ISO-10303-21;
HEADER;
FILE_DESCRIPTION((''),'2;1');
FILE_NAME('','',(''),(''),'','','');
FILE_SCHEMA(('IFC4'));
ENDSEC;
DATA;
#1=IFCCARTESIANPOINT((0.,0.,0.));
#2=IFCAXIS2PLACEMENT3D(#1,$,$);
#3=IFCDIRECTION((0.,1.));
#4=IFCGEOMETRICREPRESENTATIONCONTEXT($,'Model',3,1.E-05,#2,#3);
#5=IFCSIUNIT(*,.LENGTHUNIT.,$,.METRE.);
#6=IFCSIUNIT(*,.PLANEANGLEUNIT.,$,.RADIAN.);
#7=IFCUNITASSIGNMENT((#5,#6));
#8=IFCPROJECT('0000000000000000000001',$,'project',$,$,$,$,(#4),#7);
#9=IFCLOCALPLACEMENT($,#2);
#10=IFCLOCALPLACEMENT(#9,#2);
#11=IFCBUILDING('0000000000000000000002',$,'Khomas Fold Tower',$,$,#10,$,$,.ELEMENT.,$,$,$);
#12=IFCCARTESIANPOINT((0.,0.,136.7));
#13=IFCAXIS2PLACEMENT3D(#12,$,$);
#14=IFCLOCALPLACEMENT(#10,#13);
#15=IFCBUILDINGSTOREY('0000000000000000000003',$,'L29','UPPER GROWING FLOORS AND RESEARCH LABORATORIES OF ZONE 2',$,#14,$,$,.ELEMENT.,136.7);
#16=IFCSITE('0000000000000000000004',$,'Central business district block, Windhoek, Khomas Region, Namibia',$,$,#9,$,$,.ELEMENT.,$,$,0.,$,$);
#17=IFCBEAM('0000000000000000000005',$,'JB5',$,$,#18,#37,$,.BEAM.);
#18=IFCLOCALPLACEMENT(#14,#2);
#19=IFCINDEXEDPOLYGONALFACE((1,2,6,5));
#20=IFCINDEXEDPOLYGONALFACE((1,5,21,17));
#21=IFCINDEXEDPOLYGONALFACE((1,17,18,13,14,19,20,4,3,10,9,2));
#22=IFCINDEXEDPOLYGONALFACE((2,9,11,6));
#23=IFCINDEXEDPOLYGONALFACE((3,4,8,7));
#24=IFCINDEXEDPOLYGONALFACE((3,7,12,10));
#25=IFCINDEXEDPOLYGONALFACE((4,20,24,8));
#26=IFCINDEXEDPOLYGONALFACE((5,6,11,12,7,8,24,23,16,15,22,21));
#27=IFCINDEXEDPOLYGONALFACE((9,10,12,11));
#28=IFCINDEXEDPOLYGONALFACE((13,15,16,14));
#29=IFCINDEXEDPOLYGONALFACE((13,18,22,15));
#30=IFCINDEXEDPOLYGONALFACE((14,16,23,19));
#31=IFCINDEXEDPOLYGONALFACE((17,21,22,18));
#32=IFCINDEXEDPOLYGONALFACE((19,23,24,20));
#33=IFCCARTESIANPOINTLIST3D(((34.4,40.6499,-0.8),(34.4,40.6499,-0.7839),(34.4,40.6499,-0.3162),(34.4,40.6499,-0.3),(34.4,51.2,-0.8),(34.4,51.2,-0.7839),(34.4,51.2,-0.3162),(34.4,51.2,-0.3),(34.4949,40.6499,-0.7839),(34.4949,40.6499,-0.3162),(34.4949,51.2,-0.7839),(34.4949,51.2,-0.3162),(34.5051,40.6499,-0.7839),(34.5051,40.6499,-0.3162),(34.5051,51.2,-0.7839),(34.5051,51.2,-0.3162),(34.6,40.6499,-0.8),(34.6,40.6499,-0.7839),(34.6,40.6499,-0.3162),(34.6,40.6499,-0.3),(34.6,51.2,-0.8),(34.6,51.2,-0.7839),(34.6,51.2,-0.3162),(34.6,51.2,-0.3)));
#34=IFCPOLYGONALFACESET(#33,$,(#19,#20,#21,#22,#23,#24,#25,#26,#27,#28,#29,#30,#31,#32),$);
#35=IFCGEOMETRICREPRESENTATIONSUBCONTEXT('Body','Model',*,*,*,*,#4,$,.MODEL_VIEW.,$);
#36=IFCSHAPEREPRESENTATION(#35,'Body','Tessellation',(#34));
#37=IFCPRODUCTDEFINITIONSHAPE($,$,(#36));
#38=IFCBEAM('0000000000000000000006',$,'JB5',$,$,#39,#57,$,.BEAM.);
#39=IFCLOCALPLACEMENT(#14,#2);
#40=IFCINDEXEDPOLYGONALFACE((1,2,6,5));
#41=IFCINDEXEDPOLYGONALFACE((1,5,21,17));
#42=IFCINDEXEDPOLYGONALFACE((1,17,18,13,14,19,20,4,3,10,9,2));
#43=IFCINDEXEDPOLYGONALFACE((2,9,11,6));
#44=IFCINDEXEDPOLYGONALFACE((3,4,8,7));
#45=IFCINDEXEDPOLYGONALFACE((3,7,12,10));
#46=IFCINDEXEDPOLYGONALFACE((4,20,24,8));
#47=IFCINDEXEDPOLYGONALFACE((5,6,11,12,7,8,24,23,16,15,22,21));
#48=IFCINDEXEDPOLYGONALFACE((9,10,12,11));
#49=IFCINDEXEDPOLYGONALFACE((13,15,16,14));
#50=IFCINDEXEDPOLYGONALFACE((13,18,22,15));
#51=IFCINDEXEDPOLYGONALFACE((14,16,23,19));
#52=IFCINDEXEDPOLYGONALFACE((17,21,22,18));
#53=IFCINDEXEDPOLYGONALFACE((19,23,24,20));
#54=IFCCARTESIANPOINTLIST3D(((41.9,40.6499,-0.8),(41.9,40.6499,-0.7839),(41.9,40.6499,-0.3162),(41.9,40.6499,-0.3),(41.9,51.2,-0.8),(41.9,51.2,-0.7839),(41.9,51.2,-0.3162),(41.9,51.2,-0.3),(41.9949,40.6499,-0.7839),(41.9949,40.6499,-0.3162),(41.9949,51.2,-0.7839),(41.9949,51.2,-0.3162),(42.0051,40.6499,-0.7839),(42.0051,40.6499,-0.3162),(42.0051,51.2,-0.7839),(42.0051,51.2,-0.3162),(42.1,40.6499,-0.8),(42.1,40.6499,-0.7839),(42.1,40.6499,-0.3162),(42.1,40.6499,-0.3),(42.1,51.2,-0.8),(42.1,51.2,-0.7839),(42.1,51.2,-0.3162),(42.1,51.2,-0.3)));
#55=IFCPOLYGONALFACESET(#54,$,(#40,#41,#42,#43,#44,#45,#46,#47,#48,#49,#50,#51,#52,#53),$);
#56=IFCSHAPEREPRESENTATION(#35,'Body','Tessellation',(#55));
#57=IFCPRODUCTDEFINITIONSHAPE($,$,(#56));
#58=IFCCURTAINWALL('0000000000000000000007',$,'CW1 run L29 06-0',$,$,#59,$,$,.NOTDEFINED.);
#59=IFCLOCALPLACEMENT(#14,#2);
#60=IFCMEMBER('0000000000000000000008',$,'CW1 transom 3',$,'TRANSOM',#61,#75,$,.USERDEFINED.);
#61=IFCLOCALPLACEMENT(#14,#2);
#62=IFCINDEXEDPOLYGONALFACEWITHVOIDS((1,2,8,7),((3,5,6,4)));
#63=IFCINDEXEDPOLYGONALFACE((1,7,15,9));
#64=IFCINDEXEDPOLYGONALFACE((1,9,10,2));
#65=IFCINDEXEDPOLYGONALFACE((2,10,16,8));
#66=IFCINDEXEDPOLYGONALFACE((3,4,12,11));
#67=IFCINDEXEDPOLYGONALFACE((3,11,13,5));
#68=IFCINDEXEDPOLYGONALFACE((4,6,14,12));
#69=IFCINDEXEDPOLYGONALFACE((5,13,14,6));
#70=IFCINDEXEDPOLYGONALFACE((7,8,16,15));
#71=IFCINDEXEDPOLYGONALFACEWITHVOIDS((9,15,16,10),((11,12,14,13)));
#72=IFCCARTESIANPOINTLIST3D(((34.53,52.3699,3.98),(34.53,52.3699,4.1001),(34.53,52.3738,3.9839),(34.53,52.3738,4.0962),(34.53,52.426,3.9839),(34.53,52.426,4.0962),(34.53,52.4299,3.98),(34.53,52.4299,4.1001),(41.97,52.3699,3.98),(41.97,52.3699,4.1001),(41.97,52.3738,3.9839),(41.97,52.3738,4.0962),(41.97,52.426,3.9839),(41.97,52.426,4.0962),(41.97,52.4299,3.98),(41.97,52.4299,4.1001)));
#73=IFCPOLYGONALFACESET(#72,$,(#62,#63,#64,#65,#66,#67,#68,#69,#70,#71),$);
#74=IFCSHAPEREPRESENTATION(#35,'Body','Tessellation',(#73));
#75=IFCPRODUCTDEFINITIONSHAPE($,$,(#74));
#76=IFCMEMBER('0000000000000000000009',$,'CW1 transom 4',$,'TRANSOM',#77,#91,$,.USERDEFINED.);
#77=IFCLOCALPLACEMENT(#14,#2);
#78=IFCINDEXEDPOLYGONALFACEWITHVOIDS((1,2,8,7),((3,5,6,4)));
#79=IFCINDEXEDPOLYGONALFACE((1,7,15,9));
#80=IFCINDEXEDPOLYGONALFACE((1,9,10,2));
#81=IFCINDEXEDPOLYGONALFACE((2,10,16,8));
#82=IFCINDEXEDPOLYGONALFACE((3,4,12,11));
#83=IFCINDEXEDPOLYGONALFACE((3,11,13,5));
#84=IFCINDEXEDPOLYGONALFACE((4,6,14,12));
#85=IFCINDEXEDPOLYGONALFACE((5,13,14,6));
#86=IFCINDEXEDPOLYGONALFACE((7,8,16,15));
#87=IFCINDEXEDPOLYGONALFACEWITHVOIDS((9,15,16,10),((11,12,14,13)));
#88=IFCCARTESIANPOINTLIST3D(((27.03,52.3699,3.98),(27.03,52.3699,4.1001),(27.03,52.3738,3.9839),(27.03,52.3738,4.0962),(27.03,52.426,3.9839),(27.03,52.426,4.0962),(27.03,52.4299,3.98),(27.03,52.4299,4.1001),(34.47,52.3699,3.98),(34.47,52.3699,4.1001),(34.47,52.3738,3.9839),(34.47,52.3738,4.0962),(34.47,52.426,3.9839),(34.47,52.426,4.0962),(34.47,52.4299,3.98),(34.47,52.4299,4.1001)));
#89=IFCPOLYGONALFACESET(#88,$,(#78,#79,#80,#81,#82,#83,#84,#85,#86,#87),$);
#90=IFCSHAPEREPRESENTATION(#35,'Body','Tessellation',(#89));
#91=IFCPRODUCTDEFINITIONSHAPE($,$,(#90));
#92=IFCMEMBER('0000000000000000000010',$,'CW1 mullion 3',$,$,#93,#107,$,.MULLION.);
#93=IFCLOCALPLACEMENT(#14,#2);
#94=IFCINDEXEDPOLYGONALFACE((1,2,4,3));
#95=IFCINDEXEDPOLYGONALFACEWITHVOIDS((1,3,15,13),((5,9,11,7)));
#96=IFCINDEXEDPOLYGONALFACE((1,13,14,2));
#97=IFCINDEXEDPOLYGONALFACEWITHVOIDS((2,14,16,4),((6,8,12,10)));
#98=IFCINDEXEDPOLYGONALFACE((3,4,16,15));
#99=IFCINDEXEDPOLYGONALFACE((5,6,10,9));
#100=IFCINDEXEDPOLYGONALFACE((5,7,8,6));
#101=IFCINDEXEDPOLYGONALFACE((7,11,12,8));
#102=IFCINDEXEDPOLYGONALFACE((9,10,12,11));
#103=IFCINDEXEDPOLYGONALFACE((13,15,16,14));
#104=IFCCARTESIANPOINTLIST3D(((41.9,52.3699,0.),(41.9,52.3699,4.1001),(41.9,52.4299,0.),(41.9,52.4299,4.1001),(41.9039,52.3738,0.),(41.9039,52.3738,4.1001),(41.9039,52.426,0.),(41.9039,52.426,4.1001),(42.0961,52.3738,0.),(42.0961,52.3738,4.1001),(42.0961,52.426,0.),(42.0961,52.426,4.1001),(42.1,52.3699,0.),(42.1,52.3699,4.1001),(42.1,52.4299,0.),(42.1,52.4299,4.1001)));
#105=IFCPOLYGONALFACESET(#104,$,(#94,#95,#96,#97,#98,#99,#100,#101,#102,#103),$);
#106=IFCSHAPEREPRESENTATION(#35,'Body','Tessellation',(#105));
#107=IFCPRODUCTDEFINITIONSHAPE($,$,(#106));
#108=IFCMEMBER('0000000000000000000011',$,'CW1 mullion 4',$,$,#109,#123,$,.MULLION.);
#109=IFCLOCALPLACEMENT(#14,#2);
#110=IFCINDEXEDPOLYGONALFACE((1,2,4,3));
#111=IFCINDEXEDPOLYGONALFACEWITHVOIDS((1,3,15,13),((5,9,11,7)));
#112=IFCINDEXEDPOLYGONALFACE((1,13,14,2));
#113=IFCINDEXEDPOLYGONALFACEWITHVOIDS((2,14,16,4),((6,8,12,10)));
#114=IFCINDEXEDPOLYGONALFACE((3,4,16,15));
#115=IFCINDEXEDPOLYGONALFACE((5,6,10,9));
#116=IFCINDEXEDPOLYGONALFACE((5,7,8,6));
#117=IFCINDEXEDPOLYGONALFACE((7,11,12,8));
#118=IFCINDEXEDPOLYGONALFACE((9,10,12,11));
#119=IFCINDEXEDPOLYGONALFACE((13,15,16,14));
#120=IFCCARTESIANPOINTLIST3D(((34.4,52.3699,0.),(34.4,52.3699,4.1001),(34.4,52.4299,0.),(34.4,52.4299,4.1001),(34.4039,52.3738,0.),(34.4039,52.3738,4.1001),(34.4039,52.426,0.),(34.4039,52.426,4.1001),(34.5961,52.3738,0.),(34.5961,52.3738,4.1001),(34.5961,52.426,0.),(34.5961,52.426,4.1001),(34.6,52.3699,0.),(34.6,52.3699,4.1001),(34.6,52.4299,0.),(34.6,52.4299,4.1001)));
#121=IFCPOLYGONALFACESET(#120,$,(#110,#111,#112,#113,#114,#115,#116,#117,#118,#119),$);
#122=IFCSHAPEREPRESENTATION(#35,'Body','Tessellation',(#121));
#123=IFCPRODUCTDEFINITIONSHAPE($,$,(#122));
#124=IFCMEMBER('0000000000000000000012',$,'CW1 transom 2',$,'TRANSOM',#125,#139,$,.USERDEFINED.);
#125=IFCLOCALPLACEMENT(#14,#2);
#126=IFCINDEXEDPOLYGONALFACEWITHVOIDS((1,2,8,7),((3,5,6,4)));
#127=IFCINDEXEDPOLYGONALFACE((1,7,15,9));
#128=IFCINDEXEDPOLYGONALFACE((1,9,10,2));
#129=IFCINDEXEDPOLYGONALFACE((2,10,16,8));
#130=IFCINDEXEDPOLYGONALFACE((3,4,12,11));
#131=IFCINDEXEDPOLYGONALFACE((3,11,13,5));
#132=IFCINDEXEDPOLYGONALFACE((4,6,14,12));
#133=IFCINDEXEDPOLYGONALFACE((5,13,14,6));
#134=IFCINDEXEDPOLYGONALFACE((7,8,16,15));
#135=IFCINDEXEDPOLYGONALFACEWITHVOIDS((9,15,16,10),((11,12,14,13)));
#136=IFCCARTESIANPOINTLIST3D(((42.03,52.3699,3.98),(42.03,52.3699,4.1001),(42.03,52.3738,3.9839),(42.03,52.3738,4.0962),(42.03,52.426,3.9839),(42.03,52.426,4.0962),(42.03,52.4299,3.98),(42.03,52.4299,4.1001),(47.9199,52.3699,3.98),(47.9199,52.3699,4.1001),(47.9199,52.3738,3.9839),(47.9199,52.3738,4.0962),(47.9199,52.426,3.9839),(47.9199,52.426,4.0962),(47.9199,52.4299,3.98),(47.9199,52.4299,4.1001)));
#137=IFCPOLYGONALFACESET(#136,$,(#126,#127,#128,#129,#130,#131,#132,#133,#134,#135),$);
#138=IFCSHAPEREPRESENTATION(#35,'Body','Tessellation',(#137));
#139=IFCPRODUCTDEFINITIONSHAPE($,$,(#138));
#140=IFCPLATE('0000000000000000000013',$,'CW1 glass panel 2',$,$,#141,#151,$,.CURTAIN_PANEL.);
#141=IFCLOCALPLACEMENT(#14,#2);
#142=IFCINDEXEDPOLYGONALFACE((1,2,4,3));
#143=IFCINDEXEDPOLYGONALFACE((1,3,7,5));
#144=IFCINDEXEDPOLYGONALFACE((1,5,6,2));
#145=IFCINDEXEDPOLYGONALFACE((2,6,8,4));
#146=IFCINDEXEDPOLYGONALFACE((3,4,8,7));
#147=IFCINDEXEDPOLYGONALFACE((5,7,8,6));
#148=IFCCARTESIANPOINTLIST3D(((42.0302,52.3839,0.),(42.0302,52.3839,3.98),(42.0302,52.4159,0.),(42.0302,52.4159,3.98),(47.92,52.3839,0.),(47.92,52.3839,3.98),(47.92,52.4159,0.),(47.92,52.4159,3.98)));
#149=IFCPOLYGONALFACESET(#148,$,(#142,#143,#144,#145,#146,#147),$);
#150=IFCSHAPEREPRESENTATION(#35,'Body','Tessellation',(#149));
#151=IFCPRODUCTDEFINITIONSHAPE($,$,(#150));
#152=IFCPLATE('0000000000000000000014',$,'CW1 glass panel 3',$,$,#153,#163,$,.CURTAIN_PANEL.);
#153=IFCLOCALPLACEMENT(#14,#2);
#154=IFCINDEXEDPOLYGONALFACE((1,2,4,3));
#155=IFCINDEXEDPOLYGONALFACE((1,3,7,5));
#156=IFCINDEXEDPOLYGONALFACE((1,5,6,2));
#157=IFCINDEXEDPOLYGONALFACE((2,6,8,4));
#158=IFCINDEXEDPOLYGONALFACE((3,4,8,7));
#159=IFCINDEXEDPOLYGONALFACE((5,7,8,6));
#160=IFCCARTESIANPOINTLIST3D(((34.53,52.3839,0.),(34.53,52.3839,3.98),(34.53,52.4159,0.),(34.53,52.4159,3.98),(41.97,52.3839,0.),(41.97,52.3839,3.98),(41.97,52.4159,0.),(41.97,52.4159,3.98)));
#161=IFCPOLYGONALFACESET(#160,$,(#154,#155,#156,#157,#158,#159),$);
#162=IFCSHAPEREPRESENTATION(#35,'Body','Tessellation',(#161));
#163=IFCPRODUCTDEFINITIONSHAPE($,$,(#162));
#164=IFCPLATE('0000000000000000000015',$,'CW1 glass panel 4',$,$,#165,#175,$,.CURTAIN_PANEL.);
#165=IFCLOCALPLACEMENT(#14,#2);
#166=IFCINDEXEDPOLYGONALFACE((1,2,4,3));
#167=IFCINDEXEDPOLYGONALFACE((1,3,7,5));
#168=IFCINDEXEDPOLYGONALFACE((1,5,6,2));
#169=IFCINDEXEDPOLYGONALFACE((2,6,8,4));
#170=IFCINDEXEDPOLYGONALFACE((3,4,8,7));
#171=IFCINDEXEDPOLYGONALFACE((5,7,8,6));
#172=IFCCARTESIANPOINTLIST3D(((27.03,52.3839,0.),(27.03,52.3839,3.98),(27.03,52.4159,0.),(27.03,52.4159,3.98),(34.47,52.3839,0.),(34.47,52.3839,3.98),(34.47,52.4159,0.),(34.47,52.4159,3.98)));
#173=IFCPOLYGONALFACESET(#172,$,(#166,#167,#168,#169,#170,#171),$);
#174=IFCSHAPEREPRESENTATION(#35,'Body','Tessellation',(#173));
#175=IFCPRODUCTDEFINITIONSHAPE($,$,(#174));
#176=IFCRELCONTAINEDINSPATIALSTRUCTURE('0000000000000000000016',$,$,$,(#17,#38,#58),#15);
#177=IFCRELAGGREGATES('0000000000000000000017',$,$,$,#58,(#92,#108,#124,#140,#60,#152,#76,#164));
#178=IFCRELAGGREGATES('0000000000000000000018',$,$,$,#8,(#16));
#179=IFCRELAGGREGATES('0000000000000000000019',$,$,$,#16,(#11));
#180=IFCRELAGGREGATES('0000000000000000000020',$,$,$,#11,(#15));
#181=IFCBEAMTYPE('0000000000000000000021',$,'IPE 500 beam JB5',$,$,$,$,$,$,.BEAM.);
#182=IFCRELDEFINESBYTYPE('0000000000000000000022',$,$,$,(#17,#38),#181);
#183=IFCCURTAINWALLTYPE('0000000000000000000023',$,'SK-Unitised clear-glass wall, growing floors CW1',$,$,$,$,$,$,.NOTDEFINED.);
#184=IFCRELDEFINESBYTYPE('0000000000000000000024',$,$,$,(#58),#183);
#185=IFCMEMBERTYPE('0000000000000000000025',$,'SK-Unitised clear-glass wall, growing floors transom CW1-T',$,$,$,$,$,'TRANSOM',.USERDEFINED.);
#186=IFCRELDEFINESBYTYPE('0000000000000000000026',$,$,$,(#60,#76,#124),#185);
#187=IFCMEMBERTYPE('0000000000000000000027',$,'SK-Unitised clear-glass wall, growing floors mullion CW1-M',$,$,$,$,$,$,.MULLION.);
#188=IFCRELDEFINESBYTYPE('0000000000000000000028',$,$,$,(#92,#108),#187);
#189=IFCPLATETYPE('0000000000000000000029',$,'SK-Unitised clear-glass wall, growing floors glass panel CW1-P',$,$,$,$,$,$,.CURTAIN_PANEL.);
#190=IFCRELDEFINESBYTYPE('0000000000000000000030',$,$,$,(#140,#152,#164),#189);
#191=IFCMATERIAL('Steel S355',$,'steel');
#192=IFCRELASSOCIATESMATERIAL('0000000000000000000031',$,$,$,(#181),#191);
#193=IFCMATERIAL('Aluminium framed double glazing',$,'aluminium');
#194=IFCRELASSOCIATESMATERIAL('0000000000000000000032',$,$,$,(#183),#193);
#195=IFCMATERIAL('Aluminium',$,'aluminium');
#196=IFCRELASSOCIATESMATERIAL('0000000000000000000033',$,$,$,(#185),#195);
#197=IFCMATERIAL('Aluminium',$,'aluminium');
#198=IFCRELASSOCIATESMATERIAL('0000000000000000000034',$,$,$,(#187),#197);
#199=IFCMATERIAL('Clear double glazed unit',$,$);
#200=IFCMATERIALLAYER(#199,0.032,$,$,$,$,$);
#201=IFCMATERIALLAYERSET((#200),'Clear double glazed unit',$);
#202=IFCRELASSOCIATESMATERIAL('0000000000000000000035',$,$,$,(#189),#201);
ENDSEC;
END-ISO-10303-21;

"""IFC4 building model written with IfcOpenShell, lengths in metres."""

from ifc_helpers import new_model, si_unit, direction, frame, origin, origin_2d, place, context, subcontext, project, spatial, rectangle, hollow_rectangle, i_section, extrude, source, transform, mapped, material, layer, layer_set, material_profile, profile_set, type_object, element, aggregate, save


model = new_model("IFC4")

# Units and contexts
model_context = context("Model", 3, precision=1e-05, world=origin(), true_north=direction((0.0, 1.0)))
body_context = subcontext(model_context, "Body", "Model", "MODEL_VIEW")
ifc_project = project(units=[si_unit("LENGTHUNIT", "METRE"), si_unit("PLANEANGLEUNIT", "RADIAN")], contexts=[model_context])

# Site, building, storey
site_placement = place(None, origin())
site = spatial("IfcSite", under=ifc_project, at=site_placement, Name="Central business district block, Windhoek, Khomas Region, Namibia", CompositionType="ELEMENT", RefElevation=0.0)
building_placement = place(site_placement, origin())
building = spatial("IfcBuilding", under=site, at=building_placement, Name="Khomas Fold Tower", CompositionType="ELEMENT")
storey_placement = place(building_placement, frame((0.0, 0.0, 136.7)))
storey = spatial("IfcBuildingStorey", under=building, at=storey_placement, Name="L29", Description="UPPER GROWING FLOORS AND RESEARCH LABORATORIES OF ZONE 2", CompositionType="ELEMENT", Elevation=136.7)

# Beams
ifc_material_1 = material(Name="Steel S355", Category="steel")
ifc_material_profile_1 = material_profile(ifc_material_1, i_section(OverallWidth=0.2, OverallDepth=0.5, WebThickness=0.0103, FlangeThickness=0.0161, at=origin_2d()), Name="IPE 500")
ifc_profile_set_1 = profile_set([ifc_material_profile_1], Name="Steel S355")
beam_type_1 = type_object("IfcBeamType", Name="IPE 500 beam JB5", PredefinedType="BEAM", material=ifc_profile_set_1)
shared_shape_1 = source(origin(), body_context, "Body", "SweptSolid", [
    extrude(i_section(OverallWidth=0.2, OverallDepth=0.5, WebThickness=0.0103, FlangeThickness=0.0161, at=origin_2d()), origin(), (0.0, 0.0, 1.0), 10.55),
])
for number, where, z_axis, x_axis, name in (
    (1, (34.5, 40.6499, -0.55), (0.0, 1.0, 0.0), (-1.0, 0.0, 0.0), "JB5"),
    (2, (42.0, 40.6499, -0.55), (0.0, 1.0, 0.0), (-1.0, 0.0, 0.0), "JB5"),
):
    element("IfcBeam", number, at=place(storey_placement, frame(where, z_axis=z_axis, x_axis=x_axis)), inside=storey, type_object=beam_type_1, Name=name, PredefinedType="BEAM", context=body_context, shape_type="MappedRepresentation", body=[
        mapped(shared_shape_1, transform((0.0, 0.0, 0.0))),
    ])

# Curtain wall, members, plates
ifc_material_2 = material(Name="Aluminium framed double glazing", Category="aluminium")
curtain_wall_type = type_object("IfcCurtainWallType", Name="SK-Unitised clear-glass wall, growing floors CW1", PredefinedType="NOTDEFINED", material=ifc_material_2)
curtain_wall_placement = place(storey_placement, origin())
curtain_wall = element("IfcCurtainWall", 3, at=curtain_wall_placement, inside=storey, type_object=curtain_wall_type, Name="CW1 run L29 06-0", PredefinedType="NOTDEFINED")
ifc_material_3 = material(Name="Aluminium", Category="aluminium")
ifc_material_profile_2 = material_profile(ifc_material_3, hollow_rectangle(XDim=0.0601, YDim=0.1201, WallThickness=0.0039, at=origin_2d()), Name="SK-Unitised clear-glass wall, growing floors transom CW1-T")
ifc_profile_set_2 = profile_set([ifc_material_profile_2], Name="Aluminium")
member_type_1 = type_object("IfcMemberType", Name="SK-Unitised clear-glass wall, growing floors transom CW1-T", ElementType="TRANSOM", PredefinedType="USERDEFINED", material=ifc_profile_set_2)
shared_shape_2 = source(origin(), body_context, "Body", "SweptSolid", [
    extrude(hollow_rectangle(XDim=0.0601, YDim=0.1201, WallThickness=0.0039, at=origin_2d()), origin(), (0.0, 0.0, 1.0), 7.4399),
])
member_1_placement = place(storey_placement, frame((41.97, 52.3999, 4.04), z_axis=(-1.0, 0.0, 0.0), x_axis=(0.0, -1.0, 0.0)))
member_1 = element("IfcMember", 4, at=member_1_placement, type_object=member_type_1, Name="CW1 transom 3", ObjectType="TRANSOM", PredefinedType="USERDEFINED", context=body_context, shape_type="MappedRepresentation", body=[
    mapped(shared_shape_2, transform((0.0, 0.0, 0.0))),
])
member_2_placement = place(storey_placement, frame((34.47, 52.3999, 4.04), z_axis=(-1.0, 0.0, 0.0), x_axis=(0.0, -1.0, 0.0)))
member_2 = element("IfcMember", 5, at=member_2_placement, type_object=member_type_1, Name="CW1 transom 4", ObjectType="TRANSOM", PredefinedType="USERDEFINED", context=body_context, shape_type="MappedRepresentation", body=[
    mapped(shared_shape_2, transform((0.0, 0.0, 0.0))),
])
ifc_material_4 = material(Name="Aluminium", Category="aluminium")
ifc_material_profile_3 = material_profile(ifc_material_4, hollow_rectangle(XDim=0.0601, YDim=0.2, WallThickness=0.0039, at=origin_2d()), Name="SK-Unitised clear-glass wall, growing floors mullion CW1-M")
ifc_profile_set_3 = profile_set([ifc_material_profile_3], Name="Aluminium")
member_type_2 = type_object("IfcMemberType", Name="SK-Unitised clear-glass wall, growing floors mullion CW1-M", PredefinedType="MULLION", material=ifc_profile_set_3)
shared_shape_3 = source(origin(), body_context, "Body", "SweptSolid", [
    extrude(hollow_rectangle(XDim=0.0601, YDim=0.2, WallThickness=0.0039, at=origin_2d()), origin(), (0.0, 0.0, 1.0), 4.1001),
])
member_3_placement = place(storey_placement, frame((42.0, 52.3999, 0.0), z_axis=(0.0, 0.0, 1.0), x_axis=(0.0, -1.0, 0.0)))
member_3 = element("IfcMember", 6, at=member_3_placement, type_object=member_type_2, Name="CW1 mullion 3", PredefinedType="MULLION", context=body_context, shape_type="MappedRepresentation", body=[
    mapped(shared_shape_3, transform((0.0, 0.0, 0.0))),
])
member_4_placement = place(storey_placement, frame((34.5, 52.3999, 0.0), z_axis=(0.0, 0.0, 1.0), x_axis=(0.0, -1.0, 0.0)))
member_4 = element("IfcMember", 7, at=member_4_placement, type_object=member_type_2, Name="CW1 mullion 4", PredefinedType="MULLION", context=body_context, shape_type="MappedRepresentation", body=[
    mapped(shared_shape_3, transform((0.0, 0.0, 0.0))),
])
shared_shape_4 = source(origin(), body_context, "Body", "SweptSolid", [
    extrude(hollow_rectangle(XDim=0.0601, YDim=0.1201, WallThickness=0.0039, at=origin_2d()), origin(), (0.0, 0.0, 1.0), 5.8899),
])
member_5_placement = place(storey_placement, frame((47.9199, 52.3999, 4.04), z_axis=(-1.0, 0.0, 0.0), x_axis=(0.0, -1.0, 0.0)))
member_5 = element("IfcMember", 8, at=member_5_placement, type_object=member_type_1, Name="CW1 transom 2", ObjectType="TRANSOM", PredefinedType="USERDEFINED", context=body_context, shape_type="MappedRepresentation", body=[
    mapped(shared_shape_4, transform((0.0, 0.0, 0.0))),
])
ifc_material_5 = material(Name="Clear double glazed unit")
ifc_layer_1 = layer(ifc_material_5, 0.032)
ifc_layer_set_1 = layer_set([ifc_layer_1], Name="Clear double glazed unit")
plate_type = type_object("IfcPlateType", Name="SK-Unitised clear-glass wall, growing floors glass panel CW1-P", PredefinedType="CURTAIN_PANEL", material=ifc_layer_set_1)
shared_shape_5 = source(origin(), body_context, "Body", "SweptSolid", [
    extrude(rectangle(XDim=5.8899, YDim=0.032, at=origin_2d()), origin(), (0.0, 0.0, 1.0), 3.98),
])
plate_1_placement = place(storey_placement, frame((44.9751, 52.3999, 0.0), z_axis=(0.0, 0.0, 1.0), x_axis=(-1.0, 0.0, 0.0)))
plate_1 = element("IfcPlate", 9, at=plate_1_placement, type_object=plate_type, Name="CW1 glass panel 2", PredefinedType="CURTAIN_PANEL", context=body_context, shape_type="MappedRepresentation", body=[
    mapped(shared_shape_5, transform((0.0, 0.0, 0.0))),
])
shared_shape_6 = source(origin(), body_context, "Body", "SweptSolid", [
    extrude(rectangle(XDim=7.4399, YDim=0.032, at=origin_2d()), origin(), (0.0, 0.0, 1.0), 3.98),
])
plate_2_placement = place(storey_placement, frame((38.25, 52.3999, 0.0), z_axis=(0.0, 0.0, 1.0), x_axis=(-1.0, 0.0, 0.0)))
plate_2 = element("IfcPlate", 10, at=plate_2_placement, type_object=plate_type, Name="CW1 glass panel 3", PredefinedType="CURTAIN_PANEL", context=body_context, shape_type="MappedRepresentation", body=[
    mapped(shared_shape_6, transform((0.0, 0.0, 0.0))),
])
plate_3_placement = place(storey_placement, frame((30.75, 52.3999, 0.0), z_axis=(0.0, 0.0, 1.0), x_axis=(-1.0, 0.0, 0.0)))
plate_3 = element("IfcPlate", 11, at=plate_3_placement, type_object=plate_type, Name="CW1 glass panel 4", PredefinedType="CURTAIN_PANEL", context=body_context, shape_type="MappedRepresentation", body=[
    mapped(shared_shape_6, transform((0.0, 0.0, 0.0))),
])
aggregate(curtain_wall, [member_3, member_4, member_5, plate_1, member_1, plate_2, member_2, plate_3])

save(model, "model.ifc")
